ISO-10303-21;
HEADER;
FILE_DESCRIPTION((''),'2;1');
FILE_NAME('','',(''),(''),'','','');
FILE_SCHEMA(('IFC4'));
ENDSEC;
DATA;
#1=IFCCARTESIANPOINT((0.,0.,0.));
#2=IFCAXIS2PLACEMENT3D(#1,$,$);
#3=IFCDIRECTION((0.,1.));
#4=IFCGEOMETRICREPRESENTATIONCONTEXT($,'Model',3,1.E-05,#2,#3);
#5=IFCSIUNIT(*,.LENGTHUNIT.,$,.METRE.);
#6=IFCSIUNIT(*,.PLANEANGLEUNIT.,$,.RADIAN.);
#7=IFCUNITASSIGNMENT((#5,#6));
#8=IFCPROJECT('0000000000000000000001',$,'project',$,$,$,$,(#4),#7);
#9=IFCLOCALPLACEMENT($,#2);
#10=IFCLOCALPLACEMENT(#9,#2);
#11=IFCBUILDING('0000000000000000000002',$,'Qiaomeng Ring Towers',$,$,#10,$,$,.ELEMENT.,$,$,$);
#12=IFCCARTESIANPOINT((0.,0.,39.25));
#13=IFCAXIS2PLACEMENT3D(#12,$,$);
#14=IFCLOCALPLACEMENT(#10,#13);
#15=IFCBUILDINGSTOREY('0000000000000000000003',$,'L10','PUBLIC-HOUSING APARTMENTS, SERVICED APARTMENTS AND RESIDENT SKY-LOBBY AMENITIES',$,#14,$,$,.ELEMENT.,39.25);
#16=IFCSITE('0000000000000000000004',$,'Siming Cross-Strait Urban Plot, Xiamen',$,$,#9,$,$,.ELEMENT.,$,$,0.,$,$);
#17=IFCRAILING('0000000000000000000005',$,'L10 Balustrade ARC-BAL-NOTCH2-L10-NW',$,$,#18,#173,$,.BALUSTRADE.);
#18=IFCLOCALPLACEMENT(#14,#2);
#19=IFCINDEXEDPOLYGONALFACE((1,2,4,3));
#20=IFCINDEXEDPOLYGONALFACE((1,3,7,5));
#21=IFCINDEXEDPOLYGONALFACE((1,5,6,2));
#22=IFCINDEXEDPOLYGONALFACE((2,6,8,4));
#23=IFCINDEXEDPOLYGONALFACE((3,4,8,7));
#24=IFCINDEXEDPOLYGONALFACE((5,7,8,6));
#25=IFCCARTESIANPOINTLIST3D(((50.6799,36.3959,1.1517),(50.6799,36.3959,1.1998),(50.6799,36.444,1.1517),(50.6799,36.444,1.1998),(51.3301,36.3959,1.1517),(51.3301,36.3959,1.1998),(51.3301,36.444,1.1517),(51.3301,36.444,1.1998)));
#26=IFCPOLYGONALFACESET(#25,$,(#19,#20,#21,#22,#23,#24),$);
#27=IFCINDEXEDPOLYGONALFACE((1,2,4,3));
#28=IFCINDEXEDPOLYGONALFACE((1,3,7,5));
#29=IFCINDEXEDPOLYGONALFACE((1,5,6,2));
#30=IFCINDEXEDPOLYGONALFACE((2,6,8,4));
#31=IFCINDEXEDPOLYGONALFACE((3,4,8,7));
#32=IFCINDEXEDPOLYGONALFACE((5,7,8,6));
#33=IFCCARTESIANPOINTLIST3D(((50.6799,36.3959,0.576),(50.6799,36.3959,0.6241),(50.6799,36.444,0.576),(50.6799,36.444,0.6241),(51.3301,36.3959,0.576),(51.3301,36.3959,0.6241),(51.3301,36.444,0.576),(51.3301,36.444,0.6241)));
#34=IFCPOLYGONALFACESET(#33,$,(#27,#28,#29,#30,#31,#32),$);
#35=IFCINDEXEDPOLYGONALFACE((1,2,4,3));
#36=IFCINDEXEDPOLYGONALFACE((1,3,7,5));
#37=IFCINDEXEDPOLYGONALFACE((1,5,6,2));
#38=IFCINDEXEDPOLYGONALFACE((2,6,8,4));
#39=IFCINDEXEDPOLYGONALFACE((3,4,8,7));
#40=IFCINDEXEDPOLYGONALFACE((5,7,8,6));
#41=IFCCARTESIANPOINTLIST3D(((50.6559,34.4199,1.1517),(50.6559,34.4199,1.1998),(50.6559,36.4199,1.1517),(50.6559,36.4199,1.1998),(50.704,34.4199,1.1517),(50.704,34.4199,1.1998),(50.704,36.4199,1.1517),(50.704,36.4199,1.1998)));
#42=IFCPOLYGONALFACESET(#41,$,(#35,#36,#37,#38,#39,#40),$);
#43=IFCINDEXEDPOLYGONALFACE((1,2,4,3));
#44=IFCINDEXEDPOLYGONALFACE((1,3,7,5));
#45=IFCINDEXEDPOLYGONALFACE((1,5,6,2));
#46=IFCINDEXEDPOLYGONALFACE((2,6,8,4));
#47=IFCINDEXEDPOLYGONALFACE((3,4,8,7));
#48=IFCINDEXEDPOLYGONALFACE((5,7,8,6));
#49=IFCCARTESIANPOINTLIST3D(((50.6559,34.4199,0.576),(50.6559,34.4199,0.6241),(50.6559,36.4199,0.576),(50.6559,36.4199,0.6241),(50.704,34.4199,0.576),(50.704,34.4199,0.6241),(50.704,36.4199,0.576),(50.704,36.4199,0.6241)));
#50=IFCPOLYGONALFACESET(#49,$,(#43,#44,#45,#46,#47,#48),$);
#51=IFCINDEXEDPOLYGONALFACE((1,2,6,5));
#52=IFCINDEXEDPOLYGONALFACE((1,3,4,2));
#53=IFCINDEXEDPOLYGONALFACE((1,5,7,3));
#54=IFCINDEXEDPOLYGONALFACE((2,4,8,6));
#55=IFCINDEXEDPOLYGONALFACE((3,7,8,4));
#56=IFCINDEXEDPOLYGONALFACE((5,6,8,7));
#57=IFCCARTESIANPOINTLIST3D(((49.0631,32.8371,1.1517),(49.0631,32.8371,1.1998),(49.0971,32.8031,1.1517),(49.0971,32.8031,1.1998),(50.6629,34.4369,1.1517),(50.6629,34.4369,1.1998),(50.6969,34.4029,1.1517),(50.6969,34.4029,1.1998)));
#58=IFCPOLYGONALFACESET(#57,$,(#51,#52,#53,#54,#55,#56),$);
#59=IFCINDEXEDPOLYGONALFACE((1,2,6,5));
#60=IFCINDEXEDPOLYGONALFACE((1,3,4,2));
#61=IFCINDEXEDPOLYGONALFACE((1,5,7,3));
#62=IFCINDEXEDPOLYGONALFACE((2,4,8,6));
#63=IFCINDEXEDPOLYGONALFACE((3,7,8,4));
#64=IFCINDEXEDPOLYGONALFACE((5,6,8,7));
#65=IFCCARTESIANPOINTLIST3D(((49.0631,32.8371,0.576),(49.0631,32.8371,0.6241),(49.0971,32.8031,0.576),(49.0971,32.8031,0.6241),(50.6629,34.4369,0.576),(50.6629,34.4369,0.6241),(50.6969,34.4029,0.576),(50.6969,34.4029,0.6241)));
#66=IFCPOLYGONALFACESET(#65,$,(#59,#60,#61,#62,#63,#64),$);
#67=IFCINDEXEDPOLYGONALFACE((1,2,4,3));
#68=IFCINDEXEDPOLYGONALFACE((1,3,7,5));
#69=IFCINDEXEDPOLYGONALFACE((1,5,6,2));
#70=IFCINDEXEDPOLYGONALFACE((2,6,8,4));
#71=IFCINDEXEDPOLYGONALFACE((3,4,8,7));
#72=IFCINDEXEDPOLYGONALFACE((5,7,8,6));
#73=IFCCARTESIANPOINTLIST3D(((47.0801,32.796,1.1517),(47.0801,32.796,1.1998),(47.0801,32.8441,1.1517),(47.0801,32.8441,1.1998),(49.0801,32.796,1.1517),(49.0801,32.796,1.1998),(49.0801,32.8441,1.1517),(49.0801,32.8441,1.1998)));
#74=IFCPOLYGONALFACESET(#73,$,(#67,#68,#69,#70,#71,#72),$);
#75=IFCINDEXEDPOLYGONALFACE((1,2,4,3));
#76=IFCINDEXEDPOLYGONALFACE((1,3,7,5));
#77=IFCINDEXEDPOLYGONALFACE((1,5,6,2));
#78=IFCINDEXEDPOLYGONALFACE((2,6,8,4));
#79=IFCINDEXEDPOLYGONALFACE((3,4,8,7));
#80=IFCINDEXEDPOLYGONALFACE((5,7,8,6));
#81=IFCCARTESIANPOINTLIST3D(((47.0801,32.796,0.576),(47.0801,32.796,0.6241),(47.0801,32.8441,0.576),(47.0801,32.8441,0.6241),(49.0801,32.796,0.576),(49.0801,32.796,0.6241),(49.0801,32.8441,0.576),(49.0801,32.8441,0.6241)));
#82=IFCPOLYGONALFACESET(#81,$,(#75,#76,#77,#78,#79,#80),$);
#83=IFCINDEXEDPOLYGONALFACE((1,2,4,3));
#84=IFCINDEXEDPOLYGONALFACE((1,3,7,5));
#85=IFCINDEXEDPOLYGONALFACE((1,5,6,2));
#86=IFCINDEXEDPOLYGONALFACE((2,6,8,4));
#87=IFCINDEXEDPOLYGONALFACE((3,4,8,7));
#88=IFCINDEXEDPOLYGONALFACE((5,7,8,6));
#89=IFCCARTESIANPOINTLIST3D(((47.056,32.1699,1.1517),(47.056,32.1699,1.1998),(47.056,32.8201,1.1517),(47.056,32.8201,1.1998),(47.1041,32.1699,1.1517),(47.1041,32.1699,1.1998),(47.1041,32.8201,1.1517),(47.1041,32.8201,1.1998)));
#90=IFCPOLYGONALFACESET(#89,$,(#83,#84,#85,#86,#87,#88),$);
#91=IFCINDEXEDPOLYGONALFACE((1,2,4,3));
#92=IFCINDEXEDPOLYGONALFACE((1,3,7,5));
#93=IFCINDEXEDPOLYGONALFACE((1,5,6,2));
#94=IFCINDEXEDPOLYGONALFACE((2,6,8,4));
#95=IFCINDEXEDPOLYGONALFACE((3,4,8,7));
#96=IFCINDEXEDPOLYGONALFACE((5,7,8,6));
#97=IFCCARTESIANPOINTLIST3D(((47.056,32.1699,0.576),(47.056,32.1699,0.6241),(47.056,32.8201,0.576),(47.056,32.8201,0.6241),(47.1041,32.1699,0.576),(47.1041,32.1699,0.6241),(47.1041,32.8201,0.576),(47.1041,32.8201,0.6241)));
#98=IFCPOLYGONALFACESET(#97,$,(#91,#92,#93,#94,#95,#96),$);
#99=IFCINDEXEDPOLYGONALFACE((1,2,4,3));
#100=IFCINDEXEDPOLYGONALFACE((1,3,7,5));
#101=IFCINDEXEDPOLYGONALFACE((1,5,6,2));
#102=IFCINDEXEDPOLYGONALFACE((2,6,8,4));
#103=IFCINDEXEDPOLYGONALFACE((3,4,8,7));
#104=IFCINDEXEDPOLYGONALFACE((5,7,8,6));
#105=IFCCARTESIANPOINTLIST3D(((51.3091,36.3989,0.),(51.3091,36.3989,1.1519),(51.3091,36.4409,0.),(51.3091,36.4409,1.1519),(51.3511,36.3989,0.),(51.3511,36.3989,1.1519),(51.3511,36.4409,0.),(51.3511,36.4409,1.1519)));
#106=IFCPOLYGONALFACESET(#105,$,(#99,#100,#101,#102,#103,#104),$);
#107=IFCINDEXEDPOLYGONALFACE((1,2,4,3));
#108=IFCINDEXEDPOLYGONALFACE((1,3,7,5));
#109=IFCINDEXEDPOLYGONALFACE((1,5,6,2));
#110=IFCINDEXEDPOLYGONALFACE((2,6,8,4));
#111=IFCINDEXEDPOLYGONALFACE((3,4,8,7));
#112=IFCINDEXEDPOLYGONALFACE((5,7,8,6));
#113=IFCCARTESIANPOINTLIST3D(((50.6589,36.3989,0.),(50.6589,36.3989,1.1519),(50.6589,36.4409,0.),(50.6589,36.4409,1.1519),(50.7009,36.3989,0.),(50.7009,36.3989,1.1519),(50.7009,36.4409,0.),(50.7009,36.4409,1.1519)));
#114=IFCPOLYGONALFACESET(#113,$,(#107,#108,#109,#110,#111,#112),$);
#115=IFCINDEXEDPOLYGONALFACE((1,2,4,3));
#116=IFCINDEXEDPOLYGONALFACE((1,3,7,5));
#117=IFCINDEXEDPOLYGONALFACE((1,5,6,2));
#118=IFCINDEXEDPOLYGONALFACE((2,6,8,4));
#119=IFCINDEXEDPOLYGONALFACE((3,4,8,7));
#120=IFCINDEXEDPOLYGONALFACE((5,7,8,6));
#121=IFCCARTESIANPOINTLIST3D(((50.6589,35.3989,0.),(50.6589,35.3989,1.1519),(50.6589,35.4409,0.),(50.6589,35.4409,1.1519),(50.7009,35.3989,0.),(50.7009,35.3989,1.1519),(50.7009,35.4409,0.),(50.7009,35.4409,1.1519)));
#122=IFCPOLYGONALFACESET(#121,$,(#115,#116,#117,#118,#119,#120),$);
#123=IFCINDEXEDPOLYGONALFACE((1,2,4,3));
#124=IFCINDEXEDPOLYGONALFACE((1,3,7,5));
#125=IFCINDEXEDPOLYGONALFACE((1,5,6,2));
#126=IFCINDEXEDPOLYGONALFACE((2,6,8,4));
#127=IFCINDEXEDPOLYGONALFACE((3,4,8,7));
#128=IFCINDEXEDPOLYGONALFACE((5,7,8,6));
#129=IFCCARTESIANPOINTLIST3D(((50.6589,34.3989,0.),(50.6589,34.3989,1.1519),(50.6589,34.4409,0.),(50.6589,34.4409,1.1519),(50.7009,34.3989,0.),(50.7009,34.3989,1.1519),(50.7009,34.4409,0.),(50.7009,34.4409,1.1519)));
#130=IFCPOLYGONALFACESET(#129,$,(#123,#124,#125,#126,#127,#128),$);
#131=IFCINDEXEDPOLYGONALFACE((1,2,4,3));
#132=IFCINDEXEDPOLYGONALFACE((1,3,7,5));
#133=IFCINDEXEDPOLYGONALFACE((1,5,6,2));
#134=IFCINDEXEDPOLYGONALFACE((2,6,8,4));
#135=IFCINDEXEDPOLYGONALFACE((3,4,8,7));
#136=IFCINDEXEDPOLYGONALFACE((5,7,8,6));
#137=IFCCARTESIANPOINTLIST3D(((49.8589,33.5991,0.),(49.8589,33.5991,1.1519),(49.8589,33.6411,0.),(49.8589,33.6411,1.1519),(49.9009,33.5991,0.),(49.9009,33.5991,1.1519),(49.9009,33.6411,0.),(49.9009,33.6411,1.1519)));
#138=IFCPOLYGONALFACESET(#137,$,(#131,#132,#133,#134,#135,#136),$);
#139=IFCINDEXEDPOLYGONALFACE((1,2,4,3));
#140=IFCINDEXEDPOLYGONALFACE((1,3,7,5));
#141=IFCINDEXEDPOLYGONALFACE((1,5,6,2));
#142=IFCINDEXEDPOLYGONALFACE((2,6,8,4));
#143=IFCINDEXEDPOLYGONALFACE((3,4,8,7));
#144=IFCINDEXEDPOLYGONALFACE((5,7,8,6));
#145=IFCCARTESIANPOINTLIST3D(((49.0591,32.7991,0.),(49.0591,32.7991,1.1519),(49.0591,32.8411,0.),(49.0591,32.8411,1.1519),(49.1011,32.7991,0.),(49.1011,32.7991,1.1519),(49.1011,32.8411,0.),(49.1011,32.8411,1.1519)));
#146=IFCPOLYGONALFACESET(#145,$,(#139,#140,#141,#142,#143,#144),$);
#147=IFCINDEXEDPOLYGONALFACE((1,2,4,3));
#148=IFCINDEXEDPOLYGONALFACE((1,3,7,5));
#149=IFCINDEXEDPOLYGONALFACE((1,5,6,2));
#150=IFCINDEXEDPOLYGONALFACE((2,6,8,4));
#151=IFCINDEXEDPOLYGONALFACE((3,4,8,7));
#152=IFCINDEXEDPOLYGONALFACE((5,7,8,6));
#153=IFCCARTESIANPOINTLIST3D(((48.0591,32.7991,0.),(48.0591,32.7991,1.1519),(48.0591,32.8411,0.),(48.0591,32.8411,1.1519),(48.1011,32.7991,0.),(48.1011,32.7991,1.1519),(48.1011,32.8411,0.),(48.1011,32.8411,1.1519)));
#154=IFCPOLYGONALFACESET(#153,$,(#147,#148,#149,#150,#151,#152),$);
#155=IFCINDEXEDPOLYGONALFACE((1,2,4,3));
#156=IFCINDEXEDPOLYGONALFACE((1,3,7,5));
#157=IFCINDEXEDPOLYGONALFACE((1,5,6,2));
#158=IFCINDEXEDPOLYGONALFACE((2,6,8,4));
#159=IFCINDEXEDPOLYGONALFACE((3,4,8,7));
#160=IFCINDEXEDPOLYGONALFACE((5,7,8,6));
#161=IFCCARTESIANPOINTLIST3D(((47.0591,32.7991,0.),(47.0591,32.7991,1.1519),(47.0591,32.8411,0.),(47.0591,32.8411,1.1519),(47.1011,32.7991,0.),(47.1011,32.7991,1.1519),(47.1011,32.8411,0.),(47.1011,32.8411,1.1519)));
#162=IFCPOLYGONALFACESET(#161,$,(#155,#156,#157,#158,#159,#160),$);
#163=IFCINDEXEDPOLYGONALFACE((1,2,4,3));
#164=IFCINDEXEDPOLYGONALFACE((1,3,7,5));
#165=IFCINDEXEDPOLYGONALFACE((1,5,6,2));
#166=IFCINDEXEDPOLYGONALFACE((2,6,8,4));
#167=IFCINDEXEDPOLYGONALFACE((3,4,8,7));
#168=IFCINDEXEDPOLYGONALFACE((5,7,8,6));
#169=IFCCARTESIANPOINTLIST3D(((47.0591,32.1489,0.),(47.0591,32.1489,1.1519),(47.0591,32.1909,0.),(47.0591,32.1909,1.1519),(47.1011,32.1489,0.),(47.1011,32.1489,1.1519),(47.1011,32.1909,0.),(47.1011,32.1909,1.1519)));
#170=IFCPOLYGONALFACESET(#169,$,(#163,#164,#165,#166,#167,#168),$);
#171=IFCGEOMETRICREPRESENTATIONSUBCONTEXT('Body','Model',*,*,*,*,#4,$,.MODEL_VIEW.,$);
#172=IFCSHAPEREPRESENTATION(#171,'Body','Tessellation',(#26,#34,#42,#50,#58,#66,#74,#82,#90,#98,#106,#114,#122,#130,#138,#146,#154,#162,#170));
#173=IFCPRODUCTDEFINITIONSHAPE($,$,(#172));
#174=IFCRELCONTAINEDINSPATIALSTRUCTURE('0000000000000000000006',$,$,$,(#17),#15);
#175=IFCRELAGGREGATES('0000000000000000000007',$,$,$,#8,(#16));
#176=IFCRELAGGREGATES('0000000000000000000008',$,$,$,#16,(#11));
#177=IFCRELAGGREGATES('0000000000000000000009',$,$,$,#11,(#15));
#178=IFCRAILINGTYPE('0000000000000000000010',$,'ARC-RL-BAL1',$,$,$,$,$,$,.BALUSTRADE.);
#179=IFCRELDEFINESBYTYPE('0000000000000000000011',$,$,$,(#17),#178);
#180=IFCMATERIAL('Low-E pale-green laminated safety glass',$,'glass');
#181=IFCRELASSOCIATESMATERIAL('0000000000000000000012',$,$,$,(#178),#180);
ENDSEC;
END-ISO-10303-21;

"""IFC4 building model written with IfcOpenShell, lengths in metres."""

from ifc_helpers import new_model, si_unit, direction, frame, origin, origin_2d, place, context, subcontext, project, spatial, rectangle, extrude, material, type_object, element, save


model = new_model("IFC4")

# Units and contexts
model_context = context("Model", 3, precision=1e-05, world=origin(), true_north=direction((0.0, 1.0)))
body_context = subcontext(model_context, "Body", "Model", "MODEL_VIEW")
ifc_project = project(units=[si_unit("LENGTHUNIT", "METRE"), si_unit("PLANEANGLEUNIT", "RADIAN")], contexts=[model_context])

# Site, building, storey
site_placement = place(None, origin())
site = spatial("IfcSite", under=ifc_project, at=site_placement, Name="Siming Cross-Strait Urban Plot, Xiamen", CompositionType="ELEMENT", RefElevation=0.0)
building_placement = place(site_placement, origin())
building = spatial("IfcBuilding", under=site, at=building_placement, Name="Qiaomeng Ring Towers", CompositionType="ELEMENT")
storey_placement = place(building_placement, frame((0.0, 0.0, 39.25)))
storey = spatial("IfcBuildingStorey", under=building, at=storey_placement, Name="L10", Description="PUBLIC-HOUSING APARTMENTS, SERVICED APARTMENTS AND RESIDENT SKY-LOBBY AMENITIES", CompositionType="ELEMENT", Elevation=39.25)

# Railing
ifc_material_1 = material(Name="Low-E pale-green laminated safety glass", Category="glass")
railing_type = type_object("IfcRailingType", Name="ARC-RL-BAL1", PredefinedType="BALUSTRADE", material=ifc_material_1)
railing_1_placement = place(storey_placement, frame((51.3301, 36.4199, 0.0)))
element("IfcRailing", 1, at=railing_1_placement, inside=storey, type_object=railing_type, Name="L10 Balustrade ARC-BAL-NOTCH2-L10-NW", PredefinedType="BALUSTRADE", context=body_context, shape_type="SweptSolid", body=[
    extrude(rectangle(XDim=0.0481, YDim=0.0481, at=origin_2d()), frame((0.0, 0.0, 1.1758), z_axis=(-1.0, 0.0, 0.0), x_axis=(0.0, -1.0, 0.0)), (0.0, 0.0, 1.0), 0.6501),
    extrude(rectangle(XDim=0.0481, YDim=0.0481, at=origin_2d()), frame((0.0, 0.0, 0.6001), z_axis=(-1.0, 0.0, 0.0), x_axis=(0.0, -1.0, 0.0)), (0.0, 0.0, 1.0), 0.6501),
    extrude(rectangle(XDim=0.0481, YDim=0.0481, at=origin_2d()), frame((-0.6501, 0.0, 1.1758), z_axis=(0.0, -1.0, 0.0), x_axis=(1.0, 0.0, 0.0)), (0.0, 0.0, 1.0), 2.0),
    extrude(rectangle(XDim=0.0481, YDim=0.0481, at=origin_2d()), frame((-0.6501, 0.0, 0.6001), z_axis=(0.0, -1.0, 0.0), x_axis=(1.0, 0.0, 0.0)), (0.0, 0.0, 1.0), 2.0),
    extrude(rectangle(XDim=0.0481, YDim=0.0481, at=origin_2d()), frame((-0.6501, -2.0, 1.1758), z_axis=(-0.707107, -0.707107, 0.0), x_axis=(0.707107, -0.707107, 0.0)), (0.0, 0.0, 1.0), 2.2625),
    extrude(rectangle(XDim=0.0481, YDim=0.0481, at=origin_2d()), frame((-0.6501, -2.0, 0.6001), z_axis=(-0.707107, -0.707107, 0.0), x_axis=(0.707107, -0.707107, 0.0)), (0.0, 0.0, 1.0), 2.2625),
    extrude(rectangle(XDim=0.0481, YDim=0.0481, at=origin_2d()), frame((-2.25, -3.5999, 1.1758), z_axis=(-1.0, 0.0, 0.0), x_axis=(0.0, -1.0, 0.0)), (0.0, 0.0, 1.0), 2.0),
    extrude(rectangle(XDim=0.0481, YDim=0.0481, at=origin_2d()), frame((-2.25, -3.5999, 0.6001), z_axis=(-1.0, 0.0, 0.0), x_axis=(0.0, -1.0, 0.0)), (0.0, 0.0, 1.0), 2.0),
    extrude(rectangle(XDim=0.0481, YDim=0.0481, at=origin_2d()), frame((-4.25, -3.5999, 1.1758), z_axis=(0.0, -1.0, 0.0), x_axis=(1.0, 0.0, 0.0)), (0.0, 0.0, 1.0), 0.6501),
    extrude(rectangle(XDim=0.0481, YDim=0.0481, at=origin_2d()), frame((-4.25, -3.5999, 0.6001), z_axis=(0.0, -1.0, 0.0), x_axis=(1.0, 0.0, 0.0)), (0.0, 0.0, 1.0), 0.6501),
    extrude(rectangle(XDim=0.042, YDim=0.042, at=origin_2d()), origin(), (0.0, 0.0, 1.0), 1.1519),
    extrude(rectangle(XDim=0.042, YDim=0.042, at=origin_2d()), frame((-0.6501, 0.0, 0.0)), (0.0, 0.0, 1.0), 1.1519),
    extrude(rectangle(XDim=0.042, YDim=0.042, at=origin_2d()), frame((-0.6501, -1.0, 0.0)), (0.0, 0.0, 1.0), 1.1519),
    extrude(rectangle(XDim=0.042, YDim=0.042, at=origin_2d()), frame((-0.6501, -2.0, 0.0)), (0.0, 0.0, 1.0), 1.1519),
    extrude(rectangle(XDim=0.042, YDim=0.042, at=origin_2d()), frame((-1.4502, -2.7998, 0.0)), (0.0, 0.0, 1.0), 1.1519),
    extrude(rectangle(XDim=0.042, YDim=0.042, at=origin_2d()), frame((-2.25, -3.5999, 0.0)), (0.0, 0.0, 1.0), 1.1519),
    extrude(rectangle(XDim=0.042, YDim=0.042, at=origin_2d()), frame((-3.25, -3.5999, 0.0)), (0.0, 0.0, 1.0), 1.1519),
    extrude(rectangle(XDim=0.042, YDim=0.042, at=origin_2d()), frame((-4.25, -3.5999, 0.0)), (0.0, 0.0, 1.0), 1.1519),
    extrude(rectangle(XDim=0.042, YDim=0.042, at=origin_2d()), frame((-4.25, -4.25, 0.0)), (0.0, 0.0, 1.0), 1.1519),
])

save(model, "model.ifc")
